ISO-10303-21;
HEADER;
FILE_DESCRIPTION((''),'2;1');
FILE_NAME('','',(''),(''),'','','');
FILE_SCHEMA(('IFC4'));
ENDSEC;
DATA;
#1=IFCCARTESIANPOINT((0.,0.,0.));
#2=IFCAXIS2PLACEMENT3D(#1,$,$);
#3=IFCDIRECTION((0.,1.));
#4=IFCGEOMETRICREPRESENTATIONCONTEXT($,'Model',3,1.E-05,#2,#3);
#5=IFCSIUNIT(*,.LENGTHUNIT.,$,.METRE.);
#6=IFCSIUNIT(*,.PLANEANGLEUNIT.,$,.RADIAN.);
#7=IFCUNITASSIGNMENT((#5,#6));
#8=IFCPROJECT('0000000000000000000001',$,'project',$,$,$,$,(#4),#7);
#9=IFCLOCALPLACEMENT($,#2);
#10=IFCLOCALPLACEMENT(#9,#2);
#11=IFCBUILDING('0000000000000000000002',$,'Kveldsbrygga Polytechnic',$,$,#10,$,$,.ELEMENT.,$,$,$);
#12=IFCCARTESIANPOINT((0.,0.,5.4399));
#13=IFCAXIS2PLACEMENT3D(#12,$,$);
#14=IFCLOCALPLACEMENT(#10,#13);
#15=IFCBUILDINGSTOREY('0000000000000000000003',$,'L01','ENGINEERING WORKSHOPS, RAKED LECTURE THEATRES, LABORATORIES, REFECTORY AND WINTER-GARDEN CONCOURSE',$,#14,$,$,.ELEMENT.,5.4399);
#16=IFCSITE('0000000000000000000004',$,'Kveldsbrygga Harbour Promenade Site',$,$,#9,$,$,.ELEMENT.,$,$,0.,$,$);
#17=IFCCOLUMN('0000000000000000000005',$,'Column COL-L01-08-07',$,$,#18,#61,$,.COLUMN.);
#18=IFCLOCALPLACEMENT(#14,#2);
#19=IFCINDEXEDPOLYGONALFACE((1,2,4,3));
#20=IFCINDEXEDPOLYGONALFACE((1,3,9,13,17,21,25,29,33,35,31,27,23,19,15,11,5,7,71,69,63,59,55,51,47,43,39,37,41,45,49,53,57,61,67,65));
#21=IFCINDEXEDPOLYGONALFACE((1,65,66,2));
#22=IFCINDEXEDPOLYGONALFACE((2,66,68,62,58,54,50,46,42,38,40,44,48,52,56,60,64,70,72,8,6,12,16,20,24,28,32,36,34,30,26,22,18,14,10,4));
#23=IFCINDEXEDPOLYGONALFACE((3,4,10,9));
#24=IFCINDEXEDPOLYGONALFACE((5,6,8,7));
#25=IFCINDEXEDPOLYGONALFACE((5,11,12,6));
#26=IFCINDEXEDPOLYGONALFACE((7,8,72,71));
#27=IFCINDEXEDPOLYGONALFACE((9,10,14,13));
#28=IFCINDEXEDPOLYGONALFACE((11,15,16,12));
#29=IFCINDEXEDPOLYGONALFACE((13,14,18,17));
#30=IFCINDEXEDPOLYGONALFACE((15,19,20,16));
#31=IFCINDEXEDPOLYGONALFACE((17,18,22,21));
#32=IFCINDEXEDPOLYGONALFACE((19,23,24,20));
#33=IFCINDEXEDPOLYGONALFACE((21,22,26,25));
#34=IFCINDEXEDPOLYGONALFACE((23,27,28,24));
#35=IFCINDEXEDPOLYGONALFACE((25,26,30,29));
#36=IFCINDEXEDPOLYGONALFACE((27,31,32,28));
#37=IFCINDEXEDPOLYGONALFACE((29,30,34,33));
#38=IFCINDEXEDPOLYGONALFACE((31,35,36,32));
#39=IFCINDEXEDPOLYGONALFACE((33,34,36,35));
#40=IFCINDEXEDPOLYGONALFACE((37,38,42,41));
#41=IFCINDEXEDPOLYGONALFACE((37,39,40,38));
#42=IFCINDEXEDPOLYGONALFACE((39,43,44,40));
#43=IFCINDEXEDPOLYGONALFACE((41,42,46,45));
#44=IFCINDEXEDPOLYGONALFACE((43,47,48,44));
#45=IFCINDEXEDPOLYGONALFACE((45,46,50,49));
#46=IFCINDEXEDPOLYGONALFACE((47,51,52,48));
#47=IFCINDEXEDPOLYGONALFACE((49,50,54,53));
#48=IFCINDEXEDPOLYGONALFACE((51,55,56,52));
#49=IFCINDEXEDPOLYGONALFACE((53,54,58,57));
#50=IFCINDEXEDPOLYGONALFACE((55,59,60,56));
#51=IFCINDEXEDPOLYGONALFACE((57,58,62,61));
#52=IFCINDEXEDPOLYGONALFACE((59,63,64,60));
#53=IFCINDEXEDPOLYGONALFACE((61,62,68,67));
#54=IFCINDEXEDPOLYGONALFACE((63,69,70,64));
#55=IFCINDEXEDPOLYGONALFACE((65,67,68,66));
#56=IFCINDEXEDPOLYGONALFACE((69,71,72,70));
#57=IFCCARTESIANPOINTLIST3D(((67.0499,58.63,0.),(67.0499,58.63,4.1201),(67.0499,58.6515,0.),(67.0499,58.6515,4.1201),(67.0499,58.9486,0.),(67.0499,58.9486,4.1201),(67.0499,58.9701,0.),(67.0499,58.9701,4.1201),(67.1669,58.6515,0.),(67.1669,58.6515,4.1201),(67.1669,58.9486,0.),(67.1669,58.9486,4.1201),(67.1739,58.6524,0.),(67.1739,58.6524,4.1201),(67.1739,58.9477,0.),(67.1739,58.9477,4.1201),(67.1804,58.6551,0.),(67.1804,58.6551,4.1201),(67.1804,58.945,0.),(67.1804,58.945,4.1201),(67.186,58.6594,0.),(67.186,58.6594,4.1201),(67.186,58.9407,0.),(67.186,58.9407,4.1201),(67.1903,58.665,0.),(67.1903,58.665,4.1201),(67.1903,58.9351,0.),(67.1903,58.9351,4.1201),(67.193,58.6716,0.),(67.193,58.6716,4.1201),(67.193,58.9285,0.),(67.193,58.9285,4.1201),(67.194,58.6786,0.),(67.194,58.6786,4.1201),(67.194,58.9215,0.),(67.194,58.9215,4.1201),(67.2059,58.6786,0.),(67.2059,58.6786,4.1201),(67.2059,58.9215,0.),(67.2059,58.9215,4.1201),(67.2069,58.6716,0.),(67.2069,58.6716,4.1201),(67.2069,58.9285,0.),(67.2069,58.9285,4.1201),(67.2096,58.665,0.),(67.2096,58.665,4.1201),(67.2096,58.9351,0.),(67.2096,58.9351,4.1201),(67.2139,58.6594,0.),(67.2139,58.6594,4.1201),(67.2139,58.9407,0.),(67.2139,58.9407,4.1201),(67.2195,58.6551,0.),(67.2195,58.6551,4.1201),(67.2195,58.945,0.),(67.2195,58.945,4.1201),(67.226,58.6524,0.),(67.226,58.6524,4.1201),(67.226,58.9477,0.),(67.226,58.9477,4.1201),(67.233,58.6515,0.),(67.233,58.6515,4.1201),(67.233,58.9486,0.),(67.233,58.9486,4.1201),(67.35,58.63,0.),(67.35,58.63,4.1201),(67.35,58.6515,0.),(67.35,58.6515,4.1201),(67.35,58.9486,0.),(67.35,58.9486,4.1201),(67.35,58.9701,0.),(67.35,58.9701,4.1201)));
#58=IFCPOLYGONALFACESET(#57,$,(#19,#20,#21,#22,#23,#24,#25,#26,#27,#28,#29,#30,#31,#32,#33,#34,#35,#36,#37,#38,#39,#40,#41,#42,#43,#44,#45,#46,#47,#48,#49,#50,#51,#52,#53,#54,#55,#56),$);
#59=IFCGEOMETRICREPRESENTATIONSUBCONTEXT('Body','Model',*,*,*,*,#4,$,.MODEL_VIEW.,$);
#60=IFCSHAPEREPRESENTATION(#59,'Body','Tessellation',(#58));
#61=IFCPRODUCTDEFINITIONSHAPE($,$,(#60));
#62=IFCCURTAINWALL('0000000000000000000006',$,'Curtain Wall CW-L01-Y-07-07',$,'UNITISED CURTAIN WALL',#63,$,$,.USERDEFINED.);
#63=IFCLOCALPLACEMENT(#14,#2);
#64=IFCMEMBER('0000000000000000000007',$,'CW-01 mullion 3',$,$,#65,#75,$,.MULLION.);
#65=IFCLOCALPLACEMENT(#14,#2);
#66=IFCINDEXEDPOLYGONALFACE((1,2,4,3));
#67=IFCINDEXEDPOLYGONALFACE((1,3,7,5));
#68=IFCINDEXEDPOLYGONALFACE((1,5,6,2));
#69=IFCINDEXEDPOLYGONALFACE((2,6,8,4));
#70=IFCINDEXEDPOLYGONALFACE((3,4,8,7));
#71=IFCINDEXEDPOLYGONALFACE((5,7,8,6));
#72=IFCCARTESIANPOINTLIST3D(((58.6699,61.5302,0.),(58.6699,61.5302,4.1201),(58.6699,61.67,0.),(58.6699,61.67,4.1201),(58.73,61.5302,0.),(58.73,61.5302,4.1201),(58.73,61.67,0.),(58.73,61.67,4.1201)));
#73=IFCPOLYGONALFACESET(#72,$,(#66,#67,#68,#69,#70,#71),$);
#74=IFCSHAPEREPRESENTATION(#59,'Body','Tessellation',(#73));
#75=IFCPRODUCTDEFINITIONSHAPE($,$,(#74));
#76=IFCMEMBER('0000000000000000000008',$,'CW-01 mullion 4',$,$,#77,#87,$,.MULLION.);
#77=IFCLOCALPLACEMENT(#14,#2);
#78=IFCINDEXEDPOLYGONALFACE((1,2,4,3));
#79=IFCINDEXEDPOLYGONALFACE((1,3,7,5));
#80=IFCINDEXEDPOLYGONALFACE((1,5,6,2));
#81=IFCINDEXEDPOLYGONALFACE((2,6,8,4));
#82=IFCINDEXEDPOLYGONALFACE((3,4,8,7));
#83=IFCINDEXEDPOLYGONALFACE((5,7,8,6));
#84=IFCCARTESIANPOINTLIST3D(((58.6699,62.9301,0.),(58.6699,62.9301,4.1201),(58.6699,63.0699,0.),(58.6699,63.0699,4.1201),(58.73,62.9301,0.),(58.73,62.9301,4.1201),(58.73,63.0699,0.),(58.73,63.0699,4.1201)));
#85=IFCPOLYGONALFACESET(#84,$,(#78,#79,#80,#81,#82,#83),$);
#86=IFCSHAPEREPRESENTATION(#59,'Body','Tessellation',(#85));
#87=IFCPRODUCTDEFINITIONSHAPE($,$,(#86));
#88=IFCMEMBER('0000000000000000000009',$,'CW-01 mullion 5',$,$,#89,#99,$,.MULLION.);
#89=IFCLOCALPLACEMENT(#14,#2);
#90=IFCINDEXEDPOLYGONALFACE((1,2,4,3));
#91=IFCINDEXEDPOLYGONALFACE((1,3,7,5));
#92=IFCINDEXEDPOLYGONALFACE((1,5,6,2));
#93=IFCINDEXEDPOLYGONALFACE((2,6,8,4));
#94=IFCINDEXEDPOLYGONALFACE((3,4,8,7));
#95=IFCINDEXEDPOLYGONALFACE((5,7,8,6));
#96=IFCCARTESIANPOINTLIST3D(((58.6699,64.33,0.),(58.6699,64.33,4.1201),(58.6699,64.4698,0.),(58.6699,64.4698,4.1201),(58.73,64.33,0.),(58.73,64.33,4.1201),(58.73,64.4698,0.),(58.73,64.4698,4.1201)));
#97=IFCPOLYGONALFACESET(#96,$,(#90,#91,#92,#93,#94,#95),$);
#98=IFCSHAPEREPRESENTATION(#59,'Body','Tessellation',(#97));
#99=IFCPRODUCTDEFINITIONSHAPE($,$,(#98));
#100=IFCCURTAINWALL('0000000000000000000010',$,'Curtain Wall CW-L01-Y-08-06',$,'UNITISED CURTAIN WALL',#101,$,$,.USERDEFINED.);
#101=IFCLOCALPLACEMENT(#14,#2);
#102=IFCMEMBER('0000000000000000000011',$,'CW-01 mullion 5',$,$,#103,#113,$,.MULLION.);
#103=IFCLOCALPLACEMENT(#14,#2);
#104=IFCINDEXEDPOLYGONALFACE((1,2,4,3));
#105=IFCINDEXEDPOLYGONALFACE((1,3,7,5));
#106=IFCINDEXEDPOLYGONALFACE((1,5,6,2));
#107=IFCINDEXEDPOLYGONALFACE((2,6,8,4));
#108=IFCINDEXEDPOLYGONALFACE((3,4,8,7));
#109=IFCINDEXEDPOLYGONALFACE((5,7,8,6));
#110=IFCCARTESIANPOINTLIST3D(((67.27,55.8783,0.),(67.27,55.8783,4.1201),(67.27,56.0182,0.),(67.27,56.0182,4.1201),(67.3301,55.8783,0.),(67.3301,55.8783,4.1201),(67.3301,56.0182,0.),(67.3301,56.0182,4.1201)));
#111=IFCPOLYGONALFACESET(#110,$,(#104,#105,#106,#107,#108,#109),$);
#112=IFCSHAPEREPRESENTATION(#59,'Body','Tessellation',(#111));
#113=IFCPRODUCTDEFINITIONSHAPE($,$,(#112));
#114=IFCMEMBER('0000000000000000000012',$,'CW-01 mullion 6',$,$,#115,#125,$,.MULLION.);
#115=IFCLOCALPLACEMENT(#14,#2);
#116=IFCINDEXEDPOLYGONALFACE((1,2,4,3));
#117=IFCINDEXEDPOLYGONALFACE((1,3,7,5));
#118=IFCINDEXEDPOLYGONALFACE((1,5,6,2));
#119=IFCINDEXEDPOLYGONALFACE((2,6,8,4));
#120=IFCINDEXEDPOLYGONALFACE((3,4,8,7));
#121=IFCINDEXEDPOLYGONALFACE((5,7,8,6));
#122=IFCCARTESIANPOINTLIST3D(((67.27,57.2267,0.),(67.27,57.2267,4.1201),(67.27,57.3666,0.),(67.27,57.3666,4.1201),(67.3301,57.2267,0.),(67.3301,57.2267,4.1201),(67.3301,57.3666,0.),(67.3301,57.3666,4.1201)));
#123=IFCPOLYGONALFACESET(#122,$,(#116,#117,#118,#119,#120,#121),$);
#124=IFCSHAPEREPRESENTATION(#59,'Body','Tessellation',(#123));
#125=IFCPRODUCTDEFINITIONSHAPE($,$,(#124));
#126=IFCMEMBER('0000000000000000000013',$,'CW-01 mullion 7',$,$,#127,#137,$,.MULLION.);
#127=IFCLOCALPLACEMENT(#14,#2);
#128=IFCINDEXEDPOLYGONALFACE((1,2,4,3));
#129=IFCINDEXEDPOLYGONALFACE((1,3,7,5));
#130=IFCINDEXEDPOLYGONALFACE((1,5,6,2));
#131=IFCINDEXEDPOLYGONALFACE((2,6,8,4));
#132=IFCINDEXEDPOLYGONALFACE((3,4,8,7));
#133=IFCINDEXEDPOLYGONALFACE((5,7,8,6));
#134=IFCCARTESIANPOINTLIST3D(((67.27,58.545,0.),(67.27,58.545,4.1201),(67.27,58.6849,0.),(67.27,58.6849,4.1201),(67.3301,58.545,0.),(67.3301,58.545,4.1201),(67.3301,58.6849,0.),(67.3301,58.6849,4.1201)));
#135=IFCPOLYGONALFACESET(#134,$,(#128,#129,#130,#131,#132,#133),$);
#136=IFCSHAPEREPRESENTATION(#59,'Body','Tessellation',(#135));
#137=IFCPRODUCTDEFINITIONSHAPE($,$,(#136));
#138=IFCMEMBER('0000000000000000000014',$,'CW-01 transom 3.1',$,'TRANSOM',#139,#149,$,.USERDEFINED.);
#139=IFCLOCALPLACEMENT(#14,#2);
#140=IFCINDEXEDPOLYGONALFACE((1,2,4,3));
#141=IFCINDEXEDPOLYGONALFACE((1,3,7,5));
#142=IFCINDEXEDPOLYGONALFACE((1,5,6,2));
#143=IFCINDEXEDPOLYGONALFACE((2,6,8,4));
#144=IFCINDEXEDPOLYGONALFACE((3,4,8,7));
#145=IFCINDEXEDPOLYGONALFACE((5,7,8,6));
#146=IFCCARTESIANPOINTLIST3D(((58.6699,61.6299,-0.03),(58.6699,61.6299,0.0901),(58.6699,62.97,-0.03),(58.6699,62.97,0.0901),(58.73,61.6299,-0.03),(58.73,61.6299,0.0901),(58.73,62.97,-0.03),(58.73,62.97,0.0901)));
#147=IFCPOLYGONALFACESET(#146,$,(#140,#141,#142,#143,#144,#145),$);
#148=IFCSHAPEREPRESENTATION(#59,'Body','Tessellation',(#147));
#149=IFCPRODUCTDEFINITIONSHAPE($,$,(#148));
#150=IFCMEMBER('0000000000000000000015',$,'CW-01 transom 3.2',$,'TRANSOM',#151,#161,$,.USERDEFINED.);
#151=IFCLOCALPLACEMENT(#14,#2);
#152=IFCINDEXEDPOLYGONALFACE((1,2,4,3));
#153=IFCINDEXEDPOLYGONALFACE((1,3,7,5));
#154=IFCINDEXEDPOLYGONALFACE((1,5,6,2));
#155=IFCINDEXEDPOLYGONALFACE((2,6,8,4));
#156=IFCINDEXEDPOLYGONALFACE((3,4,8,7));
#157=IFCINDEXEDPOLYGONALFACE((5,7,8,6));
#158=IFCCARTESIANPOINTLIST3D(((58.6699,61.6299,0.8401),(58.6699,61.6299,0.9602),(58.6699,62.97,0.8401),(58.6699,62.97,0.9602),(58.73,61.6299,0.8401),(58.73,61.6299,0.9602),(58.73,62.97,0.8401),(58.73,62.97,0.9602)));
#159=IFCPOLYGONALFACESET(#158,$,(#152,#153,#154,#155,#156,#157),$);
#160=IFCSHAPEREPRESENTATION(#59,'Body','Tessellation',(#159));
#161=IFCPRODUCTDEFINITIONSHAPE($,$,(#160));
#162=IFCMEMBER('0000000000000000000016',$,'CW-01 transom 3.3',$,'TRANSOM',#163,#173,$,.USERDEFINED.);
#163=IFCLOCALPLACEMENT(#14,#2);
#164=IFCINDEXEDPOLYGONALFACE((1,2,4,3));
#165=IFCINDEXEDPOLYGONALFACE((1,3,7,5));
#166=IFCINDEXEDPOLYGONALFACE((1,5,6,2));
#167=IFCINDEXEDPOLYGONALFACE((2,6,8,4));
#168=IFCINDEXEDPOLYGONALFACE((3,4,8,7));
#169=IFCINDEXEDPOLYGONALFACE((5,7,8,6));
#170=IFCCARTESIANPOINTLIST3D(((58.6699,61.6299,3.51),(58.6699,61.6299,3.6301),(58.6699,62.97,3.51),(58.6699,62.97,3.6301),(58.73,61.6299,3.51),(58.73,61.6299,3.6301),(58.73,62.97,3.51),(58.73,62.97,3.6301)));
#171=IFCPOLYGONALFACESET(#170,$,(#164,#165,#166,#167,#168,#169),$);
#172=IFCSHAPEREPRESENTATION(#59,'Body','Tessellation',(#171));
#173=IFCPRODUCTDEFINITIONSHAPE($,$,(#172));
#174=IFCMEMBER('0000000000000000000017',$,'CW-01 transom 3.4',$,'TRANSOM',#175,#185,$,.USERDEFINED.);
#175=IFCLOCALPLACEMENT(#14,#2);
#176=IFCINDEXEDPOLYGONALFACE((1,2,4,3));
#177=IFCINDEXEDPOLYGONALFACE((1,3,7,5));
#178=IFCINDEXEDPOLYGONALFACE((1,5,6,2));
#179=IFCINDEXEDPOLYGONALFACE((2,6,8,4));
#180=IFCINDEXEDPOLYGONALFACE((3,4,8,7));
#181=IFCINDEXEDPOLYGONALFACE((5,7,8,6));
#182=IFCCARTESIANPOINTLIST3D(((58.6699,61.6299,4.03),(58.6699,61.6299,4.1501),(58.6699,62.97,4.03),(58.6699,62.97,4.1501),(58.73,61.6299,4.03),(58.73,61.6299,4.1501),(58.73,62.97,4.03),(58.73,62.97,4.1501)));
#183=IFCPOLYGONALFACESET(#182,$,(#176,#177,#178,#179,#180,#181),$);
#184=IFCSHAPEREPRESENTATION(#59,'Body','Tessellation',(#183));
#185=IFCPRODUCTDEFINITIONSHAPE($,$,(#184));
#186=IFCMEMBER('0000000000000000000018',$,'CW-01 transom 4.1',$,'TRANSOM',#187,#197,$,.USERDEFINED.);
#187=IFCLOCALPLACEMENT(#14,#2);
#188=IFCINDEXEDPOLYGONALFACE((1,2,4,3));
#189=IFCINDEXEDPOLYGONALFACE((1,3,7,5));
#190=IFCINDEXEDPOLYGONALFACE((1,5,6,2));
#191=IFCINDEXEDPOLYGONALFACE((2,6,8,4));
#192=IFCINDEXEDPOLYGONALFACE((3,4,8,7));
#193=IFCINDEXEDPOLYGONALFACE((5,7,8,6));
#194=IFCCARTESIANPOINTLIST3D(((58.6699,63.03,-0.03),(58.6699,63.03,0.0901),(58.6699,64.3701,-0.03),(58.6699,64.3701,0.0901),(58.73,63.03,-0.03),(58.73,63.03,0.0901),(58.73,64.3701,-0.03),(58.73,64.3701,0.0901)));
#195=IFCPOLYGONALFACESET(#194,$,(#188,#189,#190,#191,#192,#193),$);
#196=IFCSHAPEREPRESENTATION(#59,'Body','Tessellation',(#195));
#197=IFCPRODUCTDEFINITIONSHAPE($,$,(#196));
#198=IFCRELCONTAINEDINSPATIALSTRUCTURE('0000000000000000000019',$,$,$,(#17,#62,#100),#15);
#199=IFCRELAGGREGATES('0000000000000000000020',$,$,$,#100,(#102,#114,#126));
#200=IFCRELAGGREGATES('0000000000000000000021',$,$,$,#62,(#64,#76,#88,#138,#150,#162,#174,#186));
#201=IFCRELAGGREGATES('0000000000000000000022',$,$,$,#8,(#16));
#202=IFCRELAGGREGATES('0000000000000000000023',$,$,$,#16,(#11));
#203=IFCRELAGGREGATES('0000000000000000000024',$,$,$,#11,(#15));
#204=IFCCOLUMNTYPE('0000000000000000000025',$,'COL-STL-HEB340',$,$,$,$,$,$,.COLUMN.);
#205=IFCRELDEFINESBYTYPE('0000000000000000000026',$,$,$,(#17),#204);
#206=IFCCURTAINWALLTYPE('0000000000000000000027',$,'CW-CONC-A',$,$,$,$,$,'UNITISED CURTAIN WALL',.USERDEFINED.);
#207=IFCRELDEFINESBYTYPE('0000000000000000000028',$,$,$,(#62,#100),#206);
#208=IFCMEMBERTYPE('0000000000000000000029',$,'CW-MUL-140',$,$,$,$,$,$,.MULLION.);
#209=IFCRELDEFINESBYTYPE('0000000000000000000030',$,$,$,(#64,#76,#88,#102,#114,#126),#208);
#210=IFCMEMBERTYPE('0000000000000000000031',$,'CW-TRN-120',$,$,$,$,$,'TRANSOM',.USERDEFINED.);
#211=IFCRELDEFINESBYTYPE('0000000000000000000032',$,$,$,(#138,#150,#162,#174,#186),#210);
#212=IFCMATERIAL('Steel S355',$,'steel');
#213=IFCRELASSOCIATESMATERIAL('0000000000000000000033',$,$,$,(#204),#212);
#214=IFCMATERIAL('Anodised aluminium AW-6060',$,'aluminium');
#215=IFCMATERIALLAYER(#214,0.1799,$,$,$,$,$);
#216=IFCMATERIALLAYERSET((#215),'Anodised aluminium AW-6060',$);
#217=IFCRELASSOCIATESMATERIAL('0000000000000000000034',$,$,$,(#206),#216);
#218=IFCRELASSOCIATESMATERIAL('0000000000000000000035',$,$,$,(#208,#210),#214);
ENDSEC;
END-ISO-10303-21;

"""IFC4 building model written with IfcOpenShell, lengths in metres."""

from ifc_helpers import new_model, si_unit, direction, frame, origin, origin_2d, place, context, subcontext, project, spatial, rectangle, i_section, extrude, material, layer, layer_set, material_profile, profile_set, type_object, element, aggregate, save


model = new_model("IFC4")

# Units and contexts
model_context = context("Model", 3, precision=1e-05, world=origin(), true_north=direction((0.0, 1.0)))
body_context = subcontext(model_context, "Body", "Model", "MODEL_VIEW")
ifc_project = project(units=[si_unit("LENGTHUNIT", "METRE"), si_unit("PLANEANGLEUNIT", "RADIAN")], contexts=[model_context])

# Site, building, storey
site_placement = place(None, origin())
site = spatial("IfcSite", under=ifc_project, at=site_placement, Name="Kveldsbrygga Harbour Promenade Site", CompositionType="ELEMENT", RefElevation=0.0)
building_placement = place(site_placement, origin())
building = spatial("IfcBuilding", under=site, at=building_placement, Name="Kveldsbrygga Polytechnic", CompositionType="ELEMENT")
storey_placement = place(building_placement, frame((0.0, 0.0, 5.4399)))
storey = spatial("IfcBuildingStorey", under=building, at=storey_placement, Name="L01", Description="ENGINEERING WORKSHOPS, RAKED LECTURE THEATRES, LABORATORIES, REFECTORY AND WINTER-GARDEN CONCOURSE", CompositionType="ELEMENT", Elevation=5.4399)

# Column
ifc_material_1 = material(Name="Steel S355", Category="steel")
ifc_material_profile_1 = material_profile(ifc_material_1, i_section(OverallWidth=0.3, OverallDepth=0.3401, WebThickness=0.012, FlangeThickness=0.0215, FilletRadius=0.0271, at=origin_2d()), Name="HEB 340")
ifc_profile_set_1 = profile_set([ifc_material_profile_1], Name="Steel S355")
column_type = type_object("IfcColumnType", Name="COL-STL-HEB340", PredefinedType="COLUMN", material=ifc_profile_set_1)
column_placement = place(storey_placement, frame((67.2, 58.8, 0.0), z_axis=(0.0, 0.0, 1.0), x_axis=(1.0, 0.0, 0.0)))
element("IfcColumn", 1, at=column_placement, inside=storey, type_object=column_type, Name="Column COL-L01-08-07", PredefinedType="COLUMN", context=body_context, shape_type="SweptSolid", body=[
    extrude(i_section(OverallWidth=0.3, OverallDepth=0.3401, WebThickness=0.012, FlangeThickness=0.0215, FilletRadius=0.0271, at=origin_2d()), origin(), (0.0, 0.0, 1.0), 4.1201),
])

# Curtain walls, members
ifc_material_2 = material(Name="Anodised aluminium AW-6060", Category="aluminium")
ifc_layer_1 = layer(ifc_material_2, 0.1799)
ifc_layer_set_1 = layer_set([ifc_layer_1], Name="Anodised aluminium AW-6060")
curtain_wall_type = type_object("IfcCurtainWallType", Name="CW-CONC-A", ElementType="UNITISED CURTAIN WALL", PredefinedType="USERDEFINED", material=ifc_layer_set_1)
curtain_wall_1_placement = place(storey_placement, origin())
curtain_wall_1 = element("IfcCurtainWall", 2, at=curtain_wall_1_placement, inside=storey, type_object=curtain_wall_type, Name="Curtain Wall CW-L01-Y-07-07", ObjectType="UNITISED CURTAIN WALL", PredefinedType="USERDEFINED")
ifc_material_profile_2 = material_profile(ifc_material_2, rectangle(XDim=0.0601, YDim=0.1399, at=origin_2d()), Name="ALU 60x140")
ifc_profile_set_2 = profile_set([ifc_material_profile_2], Name="Anodised aluminium AW-6060")
member_type_1 = type_object("IfcMemberType", Name="CW-MUL-140", PredefinedType="MULLION", material=ifc_profile_set_2)
member_1_placement = place(storey_placement, frame((58.7, 61.6001, 0.0), z_axis=(0.0, 0.0, 1.0), x_axis=(-1.0, 0.0, 0.0)))
member_1 = element("IfcMember", 3, at=member_1_placement, type_object=member_type_1, Name="CW-01 mullion 3", PredefinedType="MULLION", context=body_context, shape_type="SweptSolid", body=[
    extrude(rectangle(XDim=0.0601, YDim=0.1399, at=origin_2d()), origin(), (0.0, 0.0, 1.0), 4.1201),
])
member_2_placement = place(storey_placement, frame((58.7, 63.0, 0.0), z_axis=(0.0, 0.0, 1.0), x_axis=(-1.0, 0.0, 0.0)))
member_2 = element("IfcMember", 4, at=member_2_placement, type_object=member_type_1, Name="CW-01 mullion 4", PredefinedType="MULLION", context=body_context, shape_type="SweptSolid", body=[
    extrude(rectangle(XDim=0.0601, YDim=0.1399, at=origin_2d()), origin(), (0.0, 0.0, 1.0), 4.1201),
])
member_3_placement = place(storey_placement, frame((58.7, 64.3999, 0.0), z_axis=(0.0, 0.0, 1.0), x_axis=(-1.0, 0.0, 0.0)))
member_3 = element("IfcMember", 5, at=member_3_placement, type_object=member_type_1, Name="CW-01 mullion 5", PredefinedType="MULLION", context=body_context, shape_type="SweptSolid", body=[
    extrude(rectangle(XDim=0.0601, YDim=0.1399, at=origin_2d()), origin(), (0.0, 0.0, 1.0), 4.1201),
])
curtain_wall_2_placement = place(storey_placement, origin())
curtain_wall_2 = element("IfcCurtainWall", 6, at=curtain_wall_2_placement, inside=storey, type_object=curtain_wall_type, Name="Curtain Wall CW-L01-Y-08-06", ObjectType="UNITISED CURTAIN WALL", PredefinedType="USERDEFINED")
member_4_placement = place(storey_placement, frame((67.3, 55.9482, 0.0), z_axis=(0.0, 0.0, 1.0), x_axis=(-1.0, 0.0, 0.0)))
member_4 = element("IfcMember", 7, at=member_4_placement, type_object=member_type_1, Name="CW-01 mullion 5", PredefinedType="MULLION", context=body_context, shape_type="SweptSolid", body=[
    extrude(rectangle(XDim=0.0601, YDim=0.1399, at=origin_2d()), origin(), (0.0, 0.0, 1.0), 4.1201),
])
member_5_placement = place(storey_placement, frame((67.3, 57.2966, 0.0), z_axis=(0.0, 0.0, 1.0), x_axis=(-1.0, 0.0, 0.0)))
member_5 = element("IfcMember", 8, at=member_5_placement, type_object=member_type_1, Name="CW-01 mullion 6", PredefinedType="MULLION", context=body_context, shape_type="SweptSolid", body=[
    extrude(rectangle(XDim=0.0601, YDim=0.1399, at=origin_2d()), origin(), (0.0, 0.0, 1.0), 4.1201),
])
member_6_placement = place(storey_placement, frame((67.3, 58.615, 0.0), z_axis=(0.0, 0.0, 1.0), x_axis=(-1.0, 0.0, 0.0)))
member_6 = element("IfcMember", 9, at=member_6_placement, type_object=member_type_1, Name="CW-01 mullion 7", PredefinedType="MULLION", context=body_context, shape_type="SweptSolid", body=[
    extrude(rectangle(XDim=0.0601, YDim=0.1399, at=origin_2d()), origin(), (0.0, 0.0, 1.0), 4.1201),
])
aggregate(curtain_wall_2, [member_4, member_5, member_6])

# Members
ifc_material_profile_3 = material_profile(ifc_material_2, rectangle(XDim=0.0601, YDim=0.1201, at=origin_2d()), Name="ALU 60x120")
ifc_profile_set_3 = profile_set([ifc_material_profile_3], Name="Anodised aluminium AW-6060")
member_type_2 = type_object("IfcMemberType", Name="CW-TRN-120", ElementType="TRANSOM", PredefinedType="USERDEFINED", material=ifc_profile_set_3)
member_7_placement = place(storey_placement, frame((58.7, 61.6299, 0.03), z_axis=(0.0, 1.0, 0.0), x_axis=(-1.0, 0.0, 0.0)))
member_7 = element("IfcMember", 10, at=member_7_placement, type_object=member_type_2, Name="CW-01 transom 3.1", ObjectType="TRANSOM", PredefinedType="USERDEFINED", context=body_context, shape_type="SweptSolid", body=[
    extrude(rectangle(XDim=0.0601, YDim=0.1201, at=origin_2d()), origin(), (0.0, 0.0, 1.0), 1.3401),
])
member_8_placement = place(storey_placement, frame((58.7, 61.6299, 0.9001), z_axis=(0.0, 1.0, 0.0), x_axis=(-1.0, 0.0, 0.0)))
member_8 = element("IfcMember", 11, at=member_8_placement, type_object=member_type_2, Name="CW-01 transom 3.2", ObjectType="TRANSOM", PredefinedType="USERDEFINED", context=body_context, shape_type="SweptSolid", body=[
    extrude(rectangle(XDim=0.0601, YDim=0.1201, at=origin_2d()), origin(), (0.0, 0.0, 1.0), 1.3401),
])
member_9_placement = place(storey_placement, frame((58.7, 61.6299, 3.5701), z_axis=(0.0, 1.0, 0.0), x_axis=(-1.0, 0.0, 0.0)))
member_9 = element("IfcMember", 12, at=member_9_placement, type_object=member_type_2, Name="CW-01 transom 3.3", ObjectType="TRANSOM", PredefinedType="USERDEFINED", context=body_context, shape_type="SweptSolid", body=[
    extrude(rectangle(XDim=0.0601, YDim=0.1201, at=origin_2d()), origin(), (0.0, 0.0, 1.0), 1.3401),
])
member_10_placement = place(storey_placement, frame((58.7, 61.6299, 4.0901), z_axis=(0.0, 1.0, 0.0), x_axis=(-1.0, 0.0, 0.0)))
member_10 = element("IfcMember", 13, at=member_10_placement, type_object=member_type_2, Name="CW-01 transom 3.4", ObjectType="TRANSOM", PredefinedType="USERDEFINED", context=body_context, shape_type="SweptSolid", body=[
    extrude(rectangle(XDim=0.0601, YDim=0.1201, at=origin_2d()), origin(), (0.0, 0.0, 1.0), 1.3401),
])
member_11_placement = place(storey_placement, frame((58.7, 63.03, 0.03), z_axis=(0.0, 1.0, 0.0), x_axis=(-1.0, 0.0, 0.0)))
member_11 = element("IfcMember", 14, at=member_11_placement, type_object=member_type_2, Name="CW-01 transom 4.1", ObjectType="TRANSOM", PredefinedType="USERDEFINED", context=body_context, shape_type="SweptSolid", body=[
    extrude(rectangle(XDim=0.0601, YDim=0.1201, at=origin_2d()), origin(), (0.0, 0.0, 1.0), 1.3401),
])

aggregate(curtain_wall_1, [member_1, member_2, member_3, member_7, member_8, member_9, member_10, member_11])

save(model, "model.ifc")
